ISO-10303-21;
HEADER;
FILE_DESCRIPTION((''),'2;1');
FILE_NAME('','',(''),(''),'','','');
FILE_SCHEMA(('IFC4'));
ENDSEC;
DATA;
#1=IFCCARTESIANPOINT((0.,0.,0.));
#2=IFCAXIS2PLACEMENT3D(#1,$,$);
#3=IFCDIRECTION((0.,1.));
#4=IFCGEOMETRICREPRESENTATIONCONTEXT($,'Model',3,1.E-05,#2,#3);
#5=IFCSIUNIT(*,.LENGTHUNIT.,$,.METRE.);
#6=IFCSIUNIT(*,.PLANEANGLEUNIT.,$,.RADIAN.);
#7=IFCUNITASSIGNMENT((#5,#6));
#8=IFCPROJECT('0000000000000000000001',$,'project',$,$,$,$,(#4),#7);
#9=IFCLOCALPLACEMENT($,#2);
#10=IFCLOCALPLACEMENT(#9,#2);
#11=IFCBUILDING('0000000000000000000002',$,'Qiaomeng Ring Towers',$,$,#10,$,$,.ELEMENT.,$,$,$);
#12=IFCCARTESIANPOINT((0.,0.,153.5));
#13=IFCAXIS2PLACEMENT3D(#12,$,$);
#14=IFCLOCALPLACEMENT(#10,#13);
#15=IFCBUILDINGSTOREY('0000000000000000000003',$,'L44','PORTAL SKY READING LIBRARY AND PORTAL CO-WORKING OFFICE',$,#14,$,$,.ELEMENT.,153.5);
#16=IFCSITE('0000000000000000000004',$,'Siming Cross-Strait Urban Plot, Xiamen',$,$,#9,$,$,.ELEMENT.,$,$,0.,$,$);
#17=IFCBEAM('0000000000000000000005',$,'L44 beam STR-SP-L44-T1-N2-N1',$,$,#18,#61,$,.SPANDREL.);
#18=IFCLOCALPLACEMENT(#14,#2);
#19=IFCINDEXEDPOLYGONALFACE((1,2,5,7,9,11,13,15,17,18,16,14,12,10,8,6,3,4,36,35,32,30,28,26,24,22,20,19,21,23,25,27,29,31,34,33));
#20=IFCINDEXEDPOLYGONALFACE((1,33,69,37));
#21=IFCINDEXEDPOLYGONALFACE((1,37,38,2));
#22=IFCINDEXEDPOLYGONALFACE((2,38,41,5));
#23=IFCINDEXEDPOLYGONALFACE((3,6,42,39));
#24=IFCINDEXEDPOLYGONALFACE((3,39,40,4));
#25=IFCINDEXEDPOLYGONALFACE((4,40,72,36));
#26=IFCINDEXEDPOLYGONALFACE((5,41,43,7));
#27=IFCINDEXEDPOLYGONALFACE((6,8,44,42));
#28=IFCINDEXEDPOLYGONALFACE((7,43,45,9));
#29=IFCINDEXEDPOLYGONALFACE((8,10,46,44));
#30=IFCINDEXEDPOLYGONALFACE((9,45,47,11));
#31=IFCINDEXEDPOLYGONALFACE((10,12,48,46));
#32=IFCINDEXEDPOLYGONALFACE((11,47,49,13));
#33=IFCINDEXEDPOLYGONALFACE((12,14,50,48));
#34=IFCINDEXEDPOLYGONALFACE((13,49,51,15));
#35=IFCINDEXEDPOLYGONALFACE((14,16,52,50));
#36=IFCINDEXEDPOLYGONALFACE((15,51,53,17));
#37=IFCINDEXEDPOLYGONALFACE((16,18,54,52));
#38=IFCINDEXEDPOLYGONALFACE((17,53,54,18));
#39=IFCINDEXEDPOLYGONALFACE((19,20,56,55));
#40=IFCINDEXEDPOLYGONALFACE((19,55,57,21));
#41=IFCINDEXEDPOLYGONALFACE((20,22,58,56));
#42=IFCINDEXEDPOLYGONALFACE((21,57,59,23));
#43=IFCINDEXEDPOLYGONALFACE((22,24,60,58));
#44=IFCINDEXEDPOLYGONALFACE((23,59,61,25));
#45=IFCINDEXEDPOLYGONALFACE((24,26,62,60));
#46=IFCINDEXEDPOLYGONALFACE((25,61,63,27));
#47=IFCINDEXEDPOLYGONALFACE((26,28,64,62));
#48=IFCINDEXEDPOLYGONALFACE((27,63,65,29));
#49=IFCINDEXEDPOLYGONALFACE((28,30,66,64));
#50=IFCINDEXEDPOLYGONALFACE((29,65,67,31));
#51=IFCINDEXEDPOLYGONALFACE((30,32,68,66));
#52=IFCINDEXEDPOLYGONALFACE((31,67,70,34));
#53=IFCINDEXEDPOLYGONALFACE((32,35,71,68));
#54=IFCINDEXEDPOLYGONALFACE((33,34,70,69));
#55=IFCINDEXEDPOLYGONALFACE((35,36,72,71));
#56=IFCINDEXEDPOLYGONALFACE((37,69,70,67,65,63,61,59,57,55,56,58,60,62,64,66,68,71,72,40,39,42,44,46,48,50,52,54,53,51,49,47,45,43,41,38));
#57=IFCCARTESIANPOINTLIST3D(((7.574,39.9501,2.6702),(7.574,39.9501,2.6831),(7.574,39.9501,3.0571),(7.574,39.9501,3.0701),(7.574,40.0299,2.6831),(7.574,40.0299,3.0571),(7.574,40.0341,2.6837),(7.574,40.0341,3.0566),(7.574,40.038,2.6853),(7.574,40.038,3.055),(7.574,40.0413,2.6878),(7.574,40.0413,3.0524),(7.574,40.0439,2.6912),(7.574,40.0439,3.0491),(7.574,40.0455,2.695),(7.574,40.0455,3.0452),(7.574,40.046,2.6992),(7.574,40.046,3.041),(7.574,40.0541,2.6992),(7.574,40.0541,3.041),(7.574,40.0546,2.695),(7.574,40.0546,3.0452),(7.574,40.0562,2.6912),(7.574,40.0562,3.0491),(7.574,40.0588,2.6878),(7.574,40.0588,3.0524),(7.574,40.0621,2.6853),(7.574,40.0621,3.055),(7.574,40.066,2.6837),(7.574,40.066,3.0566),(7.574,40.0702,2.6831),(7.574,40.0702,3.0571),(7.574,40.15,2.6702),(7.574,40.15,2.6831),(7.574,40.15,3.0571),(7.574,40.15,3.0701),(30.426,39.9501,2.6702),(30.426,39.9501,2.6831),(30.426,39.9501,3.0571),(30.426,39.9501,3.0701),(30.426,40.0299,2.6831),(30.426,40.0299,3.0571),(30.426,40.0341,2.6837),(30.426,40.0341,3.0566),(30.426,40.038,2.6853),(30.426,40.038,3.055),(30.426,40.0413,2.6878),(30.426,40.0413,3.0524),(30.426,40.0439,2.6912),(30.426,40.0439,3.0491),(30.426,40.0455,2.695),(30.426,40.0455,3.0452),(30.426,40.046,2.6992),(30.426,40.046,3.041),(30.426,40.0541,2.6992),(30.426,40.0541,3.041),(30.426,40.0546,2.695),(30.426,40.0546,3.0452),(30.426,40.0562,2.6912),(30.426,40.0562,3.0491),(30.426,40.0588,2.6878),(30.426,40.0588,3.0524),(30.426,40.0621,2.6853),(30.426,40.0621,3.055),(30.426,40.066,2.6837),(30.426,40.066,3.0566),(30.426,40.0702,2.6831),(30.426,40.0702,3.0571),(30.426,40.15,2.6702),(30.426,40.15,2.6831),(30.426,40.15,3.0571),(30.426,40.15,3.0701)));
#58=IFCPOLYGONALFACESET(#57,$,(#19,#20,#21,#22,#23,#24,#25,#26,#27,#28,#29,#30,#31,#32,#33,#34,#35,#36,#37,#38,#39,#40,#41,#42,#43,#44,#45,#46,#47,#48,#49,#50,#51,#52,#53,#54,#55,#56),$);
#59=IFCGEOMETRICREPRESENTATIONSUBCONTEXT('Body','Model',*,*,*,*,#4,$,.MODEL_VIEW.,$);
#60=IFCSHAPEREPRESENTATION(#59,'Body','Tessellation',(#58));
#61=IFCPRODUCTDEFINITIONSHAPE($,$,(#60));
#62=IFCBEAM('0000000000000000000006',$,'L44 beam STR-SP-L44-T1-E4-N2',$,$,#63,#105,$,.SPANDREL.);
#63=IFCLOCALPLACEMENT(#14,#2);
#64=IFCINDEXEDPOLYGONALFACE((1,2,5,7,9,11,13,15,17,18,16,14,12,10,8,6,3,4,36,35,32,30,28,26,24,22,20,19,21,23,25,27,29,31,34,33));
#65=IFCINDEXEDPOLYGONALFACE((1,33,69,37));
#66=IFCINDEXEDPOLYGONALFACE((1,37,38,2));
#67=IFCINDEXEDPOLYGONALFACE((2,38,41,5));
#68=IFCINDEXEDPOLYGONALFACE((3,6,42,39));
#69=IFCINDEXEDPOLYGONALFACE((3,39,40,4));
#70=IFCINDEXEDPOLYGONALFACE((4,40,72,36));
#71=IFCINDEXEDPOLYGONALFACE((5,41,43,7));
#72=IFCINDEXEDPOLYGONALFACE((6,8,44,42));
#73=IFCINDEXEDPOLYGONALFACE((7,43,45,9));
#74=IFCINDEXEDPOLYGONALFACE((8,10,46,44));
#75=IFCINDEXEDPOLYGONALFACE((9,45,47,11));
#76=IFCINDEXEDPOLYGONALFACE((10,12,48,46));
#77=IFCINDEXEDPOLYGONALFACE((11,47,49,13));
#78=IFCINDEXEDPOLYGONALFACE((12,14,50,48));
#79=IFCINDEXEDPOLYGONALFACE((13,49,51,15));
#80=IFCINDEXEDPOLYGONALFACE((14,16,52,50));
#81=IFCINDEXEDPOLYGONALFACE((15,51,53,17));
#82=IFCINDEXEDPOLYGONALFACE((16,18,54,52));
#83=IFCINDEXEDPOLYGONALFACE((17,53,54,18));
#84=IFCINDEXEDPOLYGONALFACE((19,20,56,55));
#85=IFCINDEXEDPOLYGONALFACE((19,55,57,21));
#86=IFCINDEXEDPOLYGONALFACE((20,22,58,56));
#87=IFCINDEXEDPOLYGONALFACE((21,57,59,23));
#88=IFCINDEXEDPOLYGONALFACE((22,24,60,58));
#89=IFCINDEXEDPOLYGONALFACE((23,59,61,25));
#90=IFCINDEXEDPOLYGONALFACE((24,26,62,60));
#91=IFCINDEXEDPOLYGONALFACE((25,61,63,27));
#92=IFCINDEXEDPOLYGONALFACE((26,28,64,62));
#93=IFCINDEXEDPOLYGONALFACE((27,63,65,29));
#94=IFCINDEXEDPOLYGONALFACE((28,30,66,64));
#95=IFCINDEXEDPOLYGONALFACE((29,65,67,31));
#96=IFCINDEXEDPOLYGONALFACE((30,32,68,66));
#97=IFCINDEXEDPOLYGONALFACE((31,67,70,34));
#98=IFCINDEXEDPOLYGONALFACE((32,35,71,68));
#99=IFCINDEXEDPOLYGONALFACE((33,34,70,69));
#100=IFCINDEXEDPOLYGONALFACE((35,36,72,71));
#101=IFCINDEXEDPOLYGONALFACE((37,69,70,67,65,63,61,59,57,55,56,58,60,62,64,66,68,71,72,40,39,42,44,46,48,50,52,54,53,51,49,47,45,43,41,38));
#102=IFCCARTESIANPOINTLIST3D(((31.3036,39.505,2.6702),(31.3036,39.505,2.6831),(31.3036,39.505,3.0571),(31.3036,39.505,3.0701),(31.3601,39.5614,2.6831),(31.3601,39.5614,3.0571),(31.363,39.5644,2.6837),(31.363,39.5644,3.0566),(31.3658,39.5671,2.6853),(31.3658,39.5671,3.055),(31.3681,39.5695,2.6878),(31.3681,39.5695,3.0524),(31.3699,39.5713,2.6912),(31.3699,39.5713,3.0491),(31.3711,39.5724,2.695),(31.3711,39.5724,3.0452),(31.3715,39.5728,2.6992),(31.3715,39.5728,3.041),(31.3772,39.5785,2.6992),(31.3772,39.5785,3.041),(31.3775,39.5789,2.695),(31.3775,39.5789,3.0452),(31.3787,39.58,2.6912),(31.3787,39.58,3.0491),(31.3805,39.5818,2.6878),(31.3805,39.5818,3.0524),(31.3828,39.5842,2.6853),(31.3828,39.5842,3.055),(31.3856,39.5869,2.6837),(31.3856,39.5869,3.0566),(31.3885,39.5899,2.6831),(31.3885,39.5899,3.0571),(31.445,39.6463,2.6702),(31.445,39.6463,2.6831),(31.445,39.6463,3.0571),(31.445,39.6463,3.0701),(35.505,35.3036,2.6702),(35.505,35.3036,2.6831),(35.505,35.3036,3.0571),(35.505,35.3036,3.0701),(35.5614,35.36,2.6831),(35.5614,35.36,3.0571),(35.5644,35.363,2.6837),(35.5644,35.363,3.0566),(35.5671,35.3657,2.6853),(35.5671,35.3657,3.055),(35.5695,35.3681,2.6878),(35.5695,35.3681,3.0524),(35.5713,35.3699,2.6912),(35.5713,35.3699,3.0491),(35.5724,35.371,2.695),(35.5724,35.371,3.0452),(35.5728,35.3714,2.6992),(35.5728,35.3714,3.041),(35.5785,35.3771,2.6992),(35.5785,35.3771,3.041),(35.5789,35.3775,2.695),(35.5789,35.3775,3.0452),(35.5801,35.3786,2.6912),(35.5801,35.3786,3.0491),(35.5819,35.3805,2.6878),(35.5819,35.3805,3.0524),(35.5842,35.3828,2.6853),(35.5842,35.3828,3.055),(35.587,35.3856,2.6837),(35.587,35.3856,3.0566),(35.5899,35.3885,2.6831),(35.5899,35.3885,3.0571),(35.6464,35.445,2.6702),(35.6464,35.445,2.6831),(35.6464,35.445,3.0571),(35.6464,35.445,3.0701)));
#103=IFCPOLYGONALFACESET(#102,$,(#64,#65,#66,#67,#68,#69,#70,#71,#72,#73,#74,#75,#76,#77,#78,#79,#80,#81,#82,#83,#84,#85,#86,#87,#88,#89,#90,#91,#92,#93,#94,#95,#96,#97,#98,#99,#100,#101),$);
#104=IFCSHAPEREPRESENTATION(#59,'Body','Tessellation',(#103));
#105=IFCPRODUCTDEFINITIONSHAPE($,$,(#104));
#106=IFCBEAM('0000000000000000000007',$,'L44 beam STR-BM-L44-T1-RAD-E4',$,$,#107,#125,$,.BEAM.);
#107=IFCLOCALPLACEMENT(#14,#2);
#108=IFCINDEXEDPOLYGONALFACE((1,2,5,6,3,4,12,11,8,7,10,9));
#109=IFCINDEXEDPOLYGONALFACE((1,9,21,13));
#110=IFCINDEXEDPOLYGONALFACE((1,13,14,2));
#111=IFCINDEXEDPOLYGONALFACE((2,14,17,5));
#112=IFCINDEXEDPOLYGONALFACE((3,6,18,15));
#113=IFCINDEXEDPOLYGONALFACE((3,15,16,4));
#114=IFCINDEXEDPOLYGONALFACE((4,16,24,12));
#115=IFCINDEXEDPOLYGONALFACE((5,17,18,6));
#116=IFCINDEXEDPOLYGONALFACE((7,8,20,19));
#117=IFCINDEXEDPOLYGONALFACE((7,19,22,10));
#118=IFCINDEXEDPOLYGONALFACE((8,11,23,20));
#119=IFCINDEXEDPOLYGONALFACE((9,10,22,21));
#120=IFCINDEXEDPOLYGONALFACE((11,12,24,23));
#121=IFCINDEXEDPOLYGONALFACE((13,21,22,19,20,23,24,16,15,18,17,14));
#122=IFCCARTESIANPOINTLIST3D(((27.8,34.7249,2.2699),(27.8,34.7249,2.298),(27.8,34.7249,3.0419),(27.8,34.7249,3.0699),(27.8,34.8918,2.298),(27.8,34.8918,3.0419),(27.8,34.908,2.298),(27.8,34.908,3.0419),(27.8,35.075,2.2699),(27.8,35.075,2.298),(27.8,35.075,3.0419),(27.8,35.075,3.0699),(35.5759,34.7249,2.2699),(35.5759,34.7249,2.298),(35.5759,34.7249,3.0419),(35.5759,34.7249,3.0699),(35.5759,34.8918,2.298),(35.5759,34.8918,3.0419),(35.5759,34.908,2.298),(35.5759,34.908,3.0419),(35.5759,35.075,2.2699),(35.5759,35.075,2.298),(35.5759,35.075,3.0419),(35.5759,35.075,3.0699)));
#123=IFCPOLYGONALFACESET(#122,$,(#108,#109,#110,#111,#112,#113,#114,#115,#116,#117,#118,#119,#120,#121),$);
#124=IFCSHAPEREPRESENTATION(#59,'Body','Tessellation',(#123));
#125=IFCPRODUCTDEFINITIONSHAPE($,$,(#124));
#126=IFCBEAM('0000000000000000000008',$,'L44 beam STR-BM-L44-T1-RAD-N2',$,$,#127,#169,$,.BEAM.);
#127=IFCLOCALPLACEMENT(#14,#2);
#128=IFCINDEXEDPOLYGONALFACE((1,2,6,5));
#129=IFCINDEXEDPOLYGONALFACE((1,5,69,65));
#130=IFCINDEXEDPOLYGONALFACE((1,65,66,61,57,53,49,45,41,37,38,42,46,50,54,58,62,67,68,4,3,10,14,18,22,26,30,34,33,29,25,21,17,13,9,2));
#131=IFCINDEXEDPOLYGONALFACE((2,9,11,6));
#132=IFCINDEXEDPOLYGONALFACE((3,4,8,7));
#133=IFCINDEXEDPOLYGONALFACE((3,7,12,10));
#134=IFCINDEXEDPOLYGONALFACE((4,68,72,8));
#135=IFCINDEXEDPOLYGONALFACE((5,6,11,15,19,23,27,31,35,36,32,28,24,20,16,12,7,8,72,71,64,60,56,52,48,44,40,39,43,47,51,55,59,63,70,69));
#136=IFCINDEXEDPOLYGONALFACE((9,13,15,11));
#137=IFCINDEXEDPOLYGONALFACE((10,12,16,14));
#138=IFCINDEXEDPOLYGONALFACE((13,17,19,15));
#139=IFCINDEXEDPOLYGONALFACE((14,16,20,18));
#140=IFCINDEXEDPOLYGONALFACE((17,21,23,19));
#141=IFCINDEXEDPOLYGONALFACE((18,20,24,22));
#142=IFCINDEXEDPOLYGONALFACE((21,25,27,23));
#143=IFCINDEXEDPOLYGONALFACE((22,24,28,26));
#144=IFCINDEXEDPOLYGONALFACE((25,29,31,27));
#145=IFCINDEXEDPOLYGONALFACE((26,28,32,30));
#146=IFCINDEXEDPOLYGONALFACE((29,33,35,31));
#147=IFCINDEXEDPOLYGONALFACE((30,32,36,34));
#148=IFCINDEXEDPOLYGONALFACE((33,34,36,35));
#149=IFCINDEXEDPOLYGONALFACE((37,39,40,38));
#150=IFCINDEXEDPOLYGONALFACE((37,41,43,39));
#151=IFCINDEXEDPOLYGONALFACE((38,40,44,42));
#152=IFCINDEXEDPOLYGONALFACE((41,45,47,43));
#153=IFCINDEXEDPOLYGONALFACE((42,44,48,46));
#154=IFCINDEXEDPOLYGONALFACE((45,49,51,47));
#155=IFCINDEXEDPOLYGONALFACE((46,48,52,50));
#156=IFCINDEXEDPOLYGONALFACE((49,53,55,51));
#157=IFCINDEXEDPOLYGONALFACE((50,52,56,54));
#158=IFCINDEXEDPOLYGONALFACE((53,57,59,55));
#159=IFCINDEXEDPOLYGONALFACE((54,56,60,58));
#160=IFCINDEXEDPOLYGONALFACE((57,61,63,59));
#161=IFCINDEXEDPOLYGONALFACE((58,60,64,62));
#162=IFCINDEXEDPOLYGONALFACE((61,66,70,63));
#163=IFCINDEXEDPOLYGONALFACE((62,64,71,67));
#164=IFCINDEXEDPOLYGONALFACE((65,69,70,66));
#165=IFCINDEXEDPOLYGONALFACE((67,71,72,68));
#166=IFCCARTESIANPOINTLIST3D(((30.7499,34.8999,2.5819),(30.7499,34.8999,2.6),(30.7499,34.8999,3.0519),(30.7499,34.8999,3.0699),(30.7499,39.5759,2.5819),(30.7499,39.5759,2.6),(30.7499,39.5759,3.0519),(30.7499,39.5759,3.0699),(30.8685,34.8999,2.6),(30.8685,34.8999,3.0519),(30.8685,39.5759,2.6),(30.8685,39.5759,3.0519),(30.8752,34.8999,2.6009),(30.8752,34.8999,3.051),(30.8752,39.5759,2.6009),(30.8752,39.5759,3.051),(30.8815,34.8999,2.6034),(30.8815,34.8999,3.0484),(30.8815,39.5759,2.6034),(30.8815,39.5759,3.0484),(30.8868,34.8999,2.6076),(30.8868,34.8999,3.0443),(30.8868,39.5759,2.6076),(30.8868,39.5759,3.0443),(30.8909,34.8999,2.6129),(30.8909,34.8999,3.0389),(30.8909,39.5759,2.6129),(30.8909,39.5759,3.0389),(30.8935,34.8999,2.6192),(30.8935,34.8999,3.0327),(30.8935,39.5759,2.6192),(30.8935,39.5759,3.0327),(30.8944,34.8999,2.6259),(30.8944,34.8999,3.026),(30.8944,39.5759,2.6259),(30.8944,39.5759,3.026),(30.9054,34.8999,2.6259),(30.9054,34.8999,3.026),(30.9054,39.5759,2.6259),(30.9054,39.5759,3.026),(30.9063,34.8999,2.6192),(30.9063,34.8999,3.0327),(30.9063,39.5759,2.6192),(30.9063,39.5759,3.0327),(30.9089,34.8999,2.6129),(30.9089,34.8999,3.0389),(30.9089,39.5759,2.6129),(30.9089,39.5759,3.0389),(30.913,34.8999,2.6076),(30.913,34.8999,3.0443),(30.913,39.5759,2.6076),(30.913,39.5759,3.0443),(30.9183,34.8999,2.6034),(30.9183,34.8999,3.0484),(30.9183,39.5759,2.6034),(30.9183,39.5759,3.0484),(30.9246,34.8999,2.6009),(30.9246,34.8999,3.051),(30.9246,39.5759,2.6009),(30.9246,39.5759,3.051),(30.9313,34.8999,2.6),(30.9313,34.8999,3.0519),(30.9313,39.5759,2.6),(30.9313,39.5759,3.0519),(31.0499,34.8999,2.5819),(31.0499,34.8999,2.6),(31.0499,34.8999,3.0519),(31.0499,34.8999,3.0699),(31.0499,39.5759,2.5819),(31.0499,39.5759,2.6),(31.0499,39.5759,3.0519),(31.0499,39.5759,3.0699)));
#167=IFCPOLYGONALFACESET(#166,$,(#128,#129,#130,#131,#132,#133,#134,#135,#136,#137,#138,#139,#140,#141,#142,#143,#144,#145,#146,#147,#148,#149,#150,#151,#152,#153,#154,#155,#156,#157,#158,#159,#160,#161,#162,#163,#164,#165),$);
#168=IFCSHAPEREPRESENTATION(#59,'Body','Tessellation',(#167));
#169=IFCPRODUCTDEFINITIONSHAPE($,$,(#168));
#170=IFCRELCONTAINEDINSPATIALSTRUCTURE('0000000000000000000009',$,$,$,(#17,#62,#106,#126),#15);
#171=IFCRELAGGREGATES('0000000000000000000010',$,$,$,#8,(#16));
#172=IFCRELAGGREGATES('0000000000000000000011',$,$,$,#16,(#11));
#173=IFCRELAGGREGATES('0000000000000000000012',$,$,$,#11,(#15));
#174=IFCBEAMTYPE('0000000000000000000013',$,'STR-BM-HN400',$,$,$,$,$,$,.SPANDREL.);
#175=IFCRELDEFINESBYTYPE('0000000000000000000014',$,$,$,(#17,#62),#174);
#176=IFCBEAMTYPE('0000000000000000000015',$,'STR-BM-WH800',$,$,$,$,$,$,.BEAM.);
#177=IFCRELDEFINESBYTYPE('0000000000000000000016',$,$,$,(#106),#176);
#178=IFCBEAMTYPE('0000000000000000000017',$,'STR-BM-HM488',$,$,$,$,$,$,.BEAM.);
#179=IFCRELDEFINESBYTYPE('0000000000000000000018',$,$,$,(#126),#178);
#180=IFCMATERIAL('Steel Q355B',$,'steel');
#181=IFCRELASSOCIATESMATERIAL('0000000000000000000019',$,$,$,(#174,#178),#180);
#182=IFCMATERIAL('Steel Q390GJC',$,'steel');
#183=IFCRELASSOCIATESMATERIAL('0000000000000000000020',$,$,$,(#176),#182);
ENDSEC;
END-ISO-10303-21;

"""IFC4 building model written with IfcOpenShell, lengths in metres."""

from ifc_helpers import new_model, si_unit, direction, frame, origin, origin_2d, place, context, subcontext, project, spatial, i_section, extrude, source, transform, mapped, material, material_profile, profile_set, type_object, element, save


model = new_model("IFC4")

# Units and contexts
model_context = context("Model", 3, precision=1e-05, world=origin(), true_north=direction((0.0, 1.0)))
body_context = subcontext(model_context, "Body", "Model", "MODEL_VIEW")
ifc_project = project(units=[si_unit("LENGTHUNIT", "METRE"), si_unit("PLANEANGLEUNIT", "RADIAN")], contexts=[model_context])

# Site, building, storey
site_placement = place(None, origin())
site = spatial("IfcSite", under=ifc_project, at=site_placement, Name="Siming Cross-Strait Urban Plot, Xiamen", CompositionType="ELEMENT", RefElevation=0.0)
building_placement = place(site_placement, origin())
building = spatial("IfcBuilding", under=site, at=building_placement, Name="Qiaomeng Ring Towers", CompositionType="ELEMENT")
storey_placement = place(building_placement, frame((0.0, 0.0, 153.5)))
storey = spatial("IfcBuildingStorey", under=building, at=storey_placement, Name="L44", Description="PORTAL SKY READING LIBRARY AND PORTAL CO-WORKING OFFICE", CompositionType="ELEMENT", Elevation=153.5)

# Beams
ifc_material_1 = material(Name="Steel Q355B", Category="steel")
ifc_material_profile_1 = material_profile(ifc_material_1, i_section(OverallWidth=0.2, OverallDepth=0.3999, WebThickness=0.0081, FlangeThickness=0.0129, FilletRadius=0.0161, at=origin_2d()), Name="HN 400x200x8x13")
ifc_profile_set_1 = profile_set([ifc_material_profile_1], Name="Steel Q355B")
beam_type_1 = type_object("IfcBeamType", Name="STR-BM-HN400", PredefinedType="SPANDREL", material=ifc_profile_set_1)
shared_shape_1 = source(origin(), body_context, "Body", "SweptSolid", [
    extrude(i_section(OverallWidth=0.2, OverallDepth=0.3999, WebThickness=0.0081, FlangeThickness=0.0129, FilletRadius=0.0161, at=origin_2d()), origin(), (0.0, 0.0, 1.0), 22.8521),
])
beam_1_placement = place(storey_placement, frame((30.426, 40.05, 2.8701), z_axis=(-1.0, 0.0, 0.0), x_axis=(0.0, -1.0, 0.0)))
element("IfcBeam", 1, at=beam_1_placement, inside=storey, type_object=beam_type_1, Name="L44 beam STR-SP-L44-T1-N2-N1", PredefinedType="SPANDREL", context=body_context, shape_type="MappedRepresentation", body=[
    mapped(shared_shape_1, transform((0.0, 0.0, 0.0), x_axis=(1.0, 0.0, 0.0), y_axis=(0.0, 1.0, 0.0), z_axis=(0.0, 0.0, 1.0), scale=1.0)),
])
shared_shape_2 = source(origin(), body_context, "Body", "SweptSolid", [
    extrude(i_section(OverallWidth=0.2, OverallDepth=0.3999, WebThickness=0.0081, FlangeThickness=0.0129, FilletRadius=0.0161, at=origin_2d()), origin(), (0.0, 0.0, 1.0), 5.9417),
])
beam_2_placement = place(storey_placement, frame((35.5757, 35.3743, 2.8701), z_axis=(-0.707107, 0.707107, 0.0), x_axis=(-0.707107, -0.707107, 0.0)))
element("IfcBeam", 2, at=beam_2_placement, inside=storey, type_object=beam_type_1, Name="L44 beam STR-SP-L44-T1-E4-N2", PredefinedType="SPANDREL", context=body_context, shape_type="MappedRepresentation", body=[
    mapped(shared_shape_2, transform((0.0, 0.0, 0.0), x_axis=(1.0, 0.0, 0.0), y_axis=(0.0, 1.0, 0.0), z_axis=(0.0, 0.0, 1.0), scale=1.0)),
])
ifc_material_2 = material(Name="Steel Q390GJC", Category="steel")
ifc_material_profile_2 = material_profile(ifc_material_2, i_section(OverallWidth=0.3501, OverallDepth=0.8, WebThickness=0.0161, FlangeThickness=0.0281, at=origin_2d()), Name="WH 800x350x16x28")
ifc_profile_set_2 = profile_set([ifc_material_profile_2], Name="Steel Q390GJC")
beam_type_2 = type_object("IfcBeamType", Name="STR-BM-WH800", PredefinedType="BEAM", material=ifc_profile_set_2)
shared_shape_3 = source(origin(), body_context, "Body", "SweptSolid", [
    extrude(i_section(OverallWidth=0.3501, OverallDepth=0.8, WebThickness=0.0161, FlangeThickness=0.0281, at=origin_2d()), origin(), (0.0, 0.0, 1.0), 7.7759),
])
beam_3_placement = place(storey_placement, frame((27.8, 34.8999, 2.6699), z_axis=(1.0, 0.0, 0.0), x_axis=(0.0, 1.0, 0.0)))
element("IfcBeam", 3, at=beam_3_placement, inside=storey, type_object=beam_type_2, Name="L44 beam STR-BM-L44-T1-RAD-E4", PredefinedType="BEAM", context=body_context, shape_type="MappedRepresentation", body=[
    mapped(shared_shape_3, transform((0.0, 0.0, 0.0), x_axis=(1.0, 0.0, 0.0), y_axis=(0.0, 1.0, 0.0), z_axis=(0.0, 0.0, 1.0), scale=1.0)),
])
ifc_material_profile_3 = material_profile(ifc_material_1, i_section(OverallWidth=0.3, OverallDepth=0.488, WebThickness=0.011, FlangeThickness=0.0181, FilletRadius=0.0259, at=origin_2d()), Name="HM 488x300x11x18")
ifc_profile_set_3 = profile_set([ifc_material_profile_3], Name="Steel Q355B")
beam_type_3 = type_object("IfcBeamType", Name="STR-BM-HM488", PredefinedType="BEAM", material=ifc_profile_set_3)
shared_shape_4 = source(origin(), body_context, "Body", "SweptSolid", [
    extrude(i_section(OverallWidth=0.3, OverallDepth=0.488, WebThickness=0.011, FlangeThickness=0.0181, FilletRadius=0.0259, at=origin_2d()), origin(), (0.0, 0.0, 1.0), 4.676),
])
beam_4_placement = place(storey_placement, frame((30.8999, 39.5759, 2.8259), z_axis=(0.0, -1.0, 0.0), x_axis=(1.0, 0.0, 0.0)))
element("IfcBeam", 4, at=beam_4_placement, inside=storey, type_object=beam_type_3, Name="L44 beam STR-BM-L44-T1-RAD-N2", PredefinedType="BEAM", context=body_context, shape_type="MappedRepresentation", body=[
    mapped(shared_shape_4, transform((0.0, 0.0, 0.0), x_axis=(1.0, 0.0, 0.0), y_axis=(0.0, 1.0, 0.0), z_axis=(0.0, 0.0, 1.0), scale=1.0)),
])

save(model, "model.ifc")
